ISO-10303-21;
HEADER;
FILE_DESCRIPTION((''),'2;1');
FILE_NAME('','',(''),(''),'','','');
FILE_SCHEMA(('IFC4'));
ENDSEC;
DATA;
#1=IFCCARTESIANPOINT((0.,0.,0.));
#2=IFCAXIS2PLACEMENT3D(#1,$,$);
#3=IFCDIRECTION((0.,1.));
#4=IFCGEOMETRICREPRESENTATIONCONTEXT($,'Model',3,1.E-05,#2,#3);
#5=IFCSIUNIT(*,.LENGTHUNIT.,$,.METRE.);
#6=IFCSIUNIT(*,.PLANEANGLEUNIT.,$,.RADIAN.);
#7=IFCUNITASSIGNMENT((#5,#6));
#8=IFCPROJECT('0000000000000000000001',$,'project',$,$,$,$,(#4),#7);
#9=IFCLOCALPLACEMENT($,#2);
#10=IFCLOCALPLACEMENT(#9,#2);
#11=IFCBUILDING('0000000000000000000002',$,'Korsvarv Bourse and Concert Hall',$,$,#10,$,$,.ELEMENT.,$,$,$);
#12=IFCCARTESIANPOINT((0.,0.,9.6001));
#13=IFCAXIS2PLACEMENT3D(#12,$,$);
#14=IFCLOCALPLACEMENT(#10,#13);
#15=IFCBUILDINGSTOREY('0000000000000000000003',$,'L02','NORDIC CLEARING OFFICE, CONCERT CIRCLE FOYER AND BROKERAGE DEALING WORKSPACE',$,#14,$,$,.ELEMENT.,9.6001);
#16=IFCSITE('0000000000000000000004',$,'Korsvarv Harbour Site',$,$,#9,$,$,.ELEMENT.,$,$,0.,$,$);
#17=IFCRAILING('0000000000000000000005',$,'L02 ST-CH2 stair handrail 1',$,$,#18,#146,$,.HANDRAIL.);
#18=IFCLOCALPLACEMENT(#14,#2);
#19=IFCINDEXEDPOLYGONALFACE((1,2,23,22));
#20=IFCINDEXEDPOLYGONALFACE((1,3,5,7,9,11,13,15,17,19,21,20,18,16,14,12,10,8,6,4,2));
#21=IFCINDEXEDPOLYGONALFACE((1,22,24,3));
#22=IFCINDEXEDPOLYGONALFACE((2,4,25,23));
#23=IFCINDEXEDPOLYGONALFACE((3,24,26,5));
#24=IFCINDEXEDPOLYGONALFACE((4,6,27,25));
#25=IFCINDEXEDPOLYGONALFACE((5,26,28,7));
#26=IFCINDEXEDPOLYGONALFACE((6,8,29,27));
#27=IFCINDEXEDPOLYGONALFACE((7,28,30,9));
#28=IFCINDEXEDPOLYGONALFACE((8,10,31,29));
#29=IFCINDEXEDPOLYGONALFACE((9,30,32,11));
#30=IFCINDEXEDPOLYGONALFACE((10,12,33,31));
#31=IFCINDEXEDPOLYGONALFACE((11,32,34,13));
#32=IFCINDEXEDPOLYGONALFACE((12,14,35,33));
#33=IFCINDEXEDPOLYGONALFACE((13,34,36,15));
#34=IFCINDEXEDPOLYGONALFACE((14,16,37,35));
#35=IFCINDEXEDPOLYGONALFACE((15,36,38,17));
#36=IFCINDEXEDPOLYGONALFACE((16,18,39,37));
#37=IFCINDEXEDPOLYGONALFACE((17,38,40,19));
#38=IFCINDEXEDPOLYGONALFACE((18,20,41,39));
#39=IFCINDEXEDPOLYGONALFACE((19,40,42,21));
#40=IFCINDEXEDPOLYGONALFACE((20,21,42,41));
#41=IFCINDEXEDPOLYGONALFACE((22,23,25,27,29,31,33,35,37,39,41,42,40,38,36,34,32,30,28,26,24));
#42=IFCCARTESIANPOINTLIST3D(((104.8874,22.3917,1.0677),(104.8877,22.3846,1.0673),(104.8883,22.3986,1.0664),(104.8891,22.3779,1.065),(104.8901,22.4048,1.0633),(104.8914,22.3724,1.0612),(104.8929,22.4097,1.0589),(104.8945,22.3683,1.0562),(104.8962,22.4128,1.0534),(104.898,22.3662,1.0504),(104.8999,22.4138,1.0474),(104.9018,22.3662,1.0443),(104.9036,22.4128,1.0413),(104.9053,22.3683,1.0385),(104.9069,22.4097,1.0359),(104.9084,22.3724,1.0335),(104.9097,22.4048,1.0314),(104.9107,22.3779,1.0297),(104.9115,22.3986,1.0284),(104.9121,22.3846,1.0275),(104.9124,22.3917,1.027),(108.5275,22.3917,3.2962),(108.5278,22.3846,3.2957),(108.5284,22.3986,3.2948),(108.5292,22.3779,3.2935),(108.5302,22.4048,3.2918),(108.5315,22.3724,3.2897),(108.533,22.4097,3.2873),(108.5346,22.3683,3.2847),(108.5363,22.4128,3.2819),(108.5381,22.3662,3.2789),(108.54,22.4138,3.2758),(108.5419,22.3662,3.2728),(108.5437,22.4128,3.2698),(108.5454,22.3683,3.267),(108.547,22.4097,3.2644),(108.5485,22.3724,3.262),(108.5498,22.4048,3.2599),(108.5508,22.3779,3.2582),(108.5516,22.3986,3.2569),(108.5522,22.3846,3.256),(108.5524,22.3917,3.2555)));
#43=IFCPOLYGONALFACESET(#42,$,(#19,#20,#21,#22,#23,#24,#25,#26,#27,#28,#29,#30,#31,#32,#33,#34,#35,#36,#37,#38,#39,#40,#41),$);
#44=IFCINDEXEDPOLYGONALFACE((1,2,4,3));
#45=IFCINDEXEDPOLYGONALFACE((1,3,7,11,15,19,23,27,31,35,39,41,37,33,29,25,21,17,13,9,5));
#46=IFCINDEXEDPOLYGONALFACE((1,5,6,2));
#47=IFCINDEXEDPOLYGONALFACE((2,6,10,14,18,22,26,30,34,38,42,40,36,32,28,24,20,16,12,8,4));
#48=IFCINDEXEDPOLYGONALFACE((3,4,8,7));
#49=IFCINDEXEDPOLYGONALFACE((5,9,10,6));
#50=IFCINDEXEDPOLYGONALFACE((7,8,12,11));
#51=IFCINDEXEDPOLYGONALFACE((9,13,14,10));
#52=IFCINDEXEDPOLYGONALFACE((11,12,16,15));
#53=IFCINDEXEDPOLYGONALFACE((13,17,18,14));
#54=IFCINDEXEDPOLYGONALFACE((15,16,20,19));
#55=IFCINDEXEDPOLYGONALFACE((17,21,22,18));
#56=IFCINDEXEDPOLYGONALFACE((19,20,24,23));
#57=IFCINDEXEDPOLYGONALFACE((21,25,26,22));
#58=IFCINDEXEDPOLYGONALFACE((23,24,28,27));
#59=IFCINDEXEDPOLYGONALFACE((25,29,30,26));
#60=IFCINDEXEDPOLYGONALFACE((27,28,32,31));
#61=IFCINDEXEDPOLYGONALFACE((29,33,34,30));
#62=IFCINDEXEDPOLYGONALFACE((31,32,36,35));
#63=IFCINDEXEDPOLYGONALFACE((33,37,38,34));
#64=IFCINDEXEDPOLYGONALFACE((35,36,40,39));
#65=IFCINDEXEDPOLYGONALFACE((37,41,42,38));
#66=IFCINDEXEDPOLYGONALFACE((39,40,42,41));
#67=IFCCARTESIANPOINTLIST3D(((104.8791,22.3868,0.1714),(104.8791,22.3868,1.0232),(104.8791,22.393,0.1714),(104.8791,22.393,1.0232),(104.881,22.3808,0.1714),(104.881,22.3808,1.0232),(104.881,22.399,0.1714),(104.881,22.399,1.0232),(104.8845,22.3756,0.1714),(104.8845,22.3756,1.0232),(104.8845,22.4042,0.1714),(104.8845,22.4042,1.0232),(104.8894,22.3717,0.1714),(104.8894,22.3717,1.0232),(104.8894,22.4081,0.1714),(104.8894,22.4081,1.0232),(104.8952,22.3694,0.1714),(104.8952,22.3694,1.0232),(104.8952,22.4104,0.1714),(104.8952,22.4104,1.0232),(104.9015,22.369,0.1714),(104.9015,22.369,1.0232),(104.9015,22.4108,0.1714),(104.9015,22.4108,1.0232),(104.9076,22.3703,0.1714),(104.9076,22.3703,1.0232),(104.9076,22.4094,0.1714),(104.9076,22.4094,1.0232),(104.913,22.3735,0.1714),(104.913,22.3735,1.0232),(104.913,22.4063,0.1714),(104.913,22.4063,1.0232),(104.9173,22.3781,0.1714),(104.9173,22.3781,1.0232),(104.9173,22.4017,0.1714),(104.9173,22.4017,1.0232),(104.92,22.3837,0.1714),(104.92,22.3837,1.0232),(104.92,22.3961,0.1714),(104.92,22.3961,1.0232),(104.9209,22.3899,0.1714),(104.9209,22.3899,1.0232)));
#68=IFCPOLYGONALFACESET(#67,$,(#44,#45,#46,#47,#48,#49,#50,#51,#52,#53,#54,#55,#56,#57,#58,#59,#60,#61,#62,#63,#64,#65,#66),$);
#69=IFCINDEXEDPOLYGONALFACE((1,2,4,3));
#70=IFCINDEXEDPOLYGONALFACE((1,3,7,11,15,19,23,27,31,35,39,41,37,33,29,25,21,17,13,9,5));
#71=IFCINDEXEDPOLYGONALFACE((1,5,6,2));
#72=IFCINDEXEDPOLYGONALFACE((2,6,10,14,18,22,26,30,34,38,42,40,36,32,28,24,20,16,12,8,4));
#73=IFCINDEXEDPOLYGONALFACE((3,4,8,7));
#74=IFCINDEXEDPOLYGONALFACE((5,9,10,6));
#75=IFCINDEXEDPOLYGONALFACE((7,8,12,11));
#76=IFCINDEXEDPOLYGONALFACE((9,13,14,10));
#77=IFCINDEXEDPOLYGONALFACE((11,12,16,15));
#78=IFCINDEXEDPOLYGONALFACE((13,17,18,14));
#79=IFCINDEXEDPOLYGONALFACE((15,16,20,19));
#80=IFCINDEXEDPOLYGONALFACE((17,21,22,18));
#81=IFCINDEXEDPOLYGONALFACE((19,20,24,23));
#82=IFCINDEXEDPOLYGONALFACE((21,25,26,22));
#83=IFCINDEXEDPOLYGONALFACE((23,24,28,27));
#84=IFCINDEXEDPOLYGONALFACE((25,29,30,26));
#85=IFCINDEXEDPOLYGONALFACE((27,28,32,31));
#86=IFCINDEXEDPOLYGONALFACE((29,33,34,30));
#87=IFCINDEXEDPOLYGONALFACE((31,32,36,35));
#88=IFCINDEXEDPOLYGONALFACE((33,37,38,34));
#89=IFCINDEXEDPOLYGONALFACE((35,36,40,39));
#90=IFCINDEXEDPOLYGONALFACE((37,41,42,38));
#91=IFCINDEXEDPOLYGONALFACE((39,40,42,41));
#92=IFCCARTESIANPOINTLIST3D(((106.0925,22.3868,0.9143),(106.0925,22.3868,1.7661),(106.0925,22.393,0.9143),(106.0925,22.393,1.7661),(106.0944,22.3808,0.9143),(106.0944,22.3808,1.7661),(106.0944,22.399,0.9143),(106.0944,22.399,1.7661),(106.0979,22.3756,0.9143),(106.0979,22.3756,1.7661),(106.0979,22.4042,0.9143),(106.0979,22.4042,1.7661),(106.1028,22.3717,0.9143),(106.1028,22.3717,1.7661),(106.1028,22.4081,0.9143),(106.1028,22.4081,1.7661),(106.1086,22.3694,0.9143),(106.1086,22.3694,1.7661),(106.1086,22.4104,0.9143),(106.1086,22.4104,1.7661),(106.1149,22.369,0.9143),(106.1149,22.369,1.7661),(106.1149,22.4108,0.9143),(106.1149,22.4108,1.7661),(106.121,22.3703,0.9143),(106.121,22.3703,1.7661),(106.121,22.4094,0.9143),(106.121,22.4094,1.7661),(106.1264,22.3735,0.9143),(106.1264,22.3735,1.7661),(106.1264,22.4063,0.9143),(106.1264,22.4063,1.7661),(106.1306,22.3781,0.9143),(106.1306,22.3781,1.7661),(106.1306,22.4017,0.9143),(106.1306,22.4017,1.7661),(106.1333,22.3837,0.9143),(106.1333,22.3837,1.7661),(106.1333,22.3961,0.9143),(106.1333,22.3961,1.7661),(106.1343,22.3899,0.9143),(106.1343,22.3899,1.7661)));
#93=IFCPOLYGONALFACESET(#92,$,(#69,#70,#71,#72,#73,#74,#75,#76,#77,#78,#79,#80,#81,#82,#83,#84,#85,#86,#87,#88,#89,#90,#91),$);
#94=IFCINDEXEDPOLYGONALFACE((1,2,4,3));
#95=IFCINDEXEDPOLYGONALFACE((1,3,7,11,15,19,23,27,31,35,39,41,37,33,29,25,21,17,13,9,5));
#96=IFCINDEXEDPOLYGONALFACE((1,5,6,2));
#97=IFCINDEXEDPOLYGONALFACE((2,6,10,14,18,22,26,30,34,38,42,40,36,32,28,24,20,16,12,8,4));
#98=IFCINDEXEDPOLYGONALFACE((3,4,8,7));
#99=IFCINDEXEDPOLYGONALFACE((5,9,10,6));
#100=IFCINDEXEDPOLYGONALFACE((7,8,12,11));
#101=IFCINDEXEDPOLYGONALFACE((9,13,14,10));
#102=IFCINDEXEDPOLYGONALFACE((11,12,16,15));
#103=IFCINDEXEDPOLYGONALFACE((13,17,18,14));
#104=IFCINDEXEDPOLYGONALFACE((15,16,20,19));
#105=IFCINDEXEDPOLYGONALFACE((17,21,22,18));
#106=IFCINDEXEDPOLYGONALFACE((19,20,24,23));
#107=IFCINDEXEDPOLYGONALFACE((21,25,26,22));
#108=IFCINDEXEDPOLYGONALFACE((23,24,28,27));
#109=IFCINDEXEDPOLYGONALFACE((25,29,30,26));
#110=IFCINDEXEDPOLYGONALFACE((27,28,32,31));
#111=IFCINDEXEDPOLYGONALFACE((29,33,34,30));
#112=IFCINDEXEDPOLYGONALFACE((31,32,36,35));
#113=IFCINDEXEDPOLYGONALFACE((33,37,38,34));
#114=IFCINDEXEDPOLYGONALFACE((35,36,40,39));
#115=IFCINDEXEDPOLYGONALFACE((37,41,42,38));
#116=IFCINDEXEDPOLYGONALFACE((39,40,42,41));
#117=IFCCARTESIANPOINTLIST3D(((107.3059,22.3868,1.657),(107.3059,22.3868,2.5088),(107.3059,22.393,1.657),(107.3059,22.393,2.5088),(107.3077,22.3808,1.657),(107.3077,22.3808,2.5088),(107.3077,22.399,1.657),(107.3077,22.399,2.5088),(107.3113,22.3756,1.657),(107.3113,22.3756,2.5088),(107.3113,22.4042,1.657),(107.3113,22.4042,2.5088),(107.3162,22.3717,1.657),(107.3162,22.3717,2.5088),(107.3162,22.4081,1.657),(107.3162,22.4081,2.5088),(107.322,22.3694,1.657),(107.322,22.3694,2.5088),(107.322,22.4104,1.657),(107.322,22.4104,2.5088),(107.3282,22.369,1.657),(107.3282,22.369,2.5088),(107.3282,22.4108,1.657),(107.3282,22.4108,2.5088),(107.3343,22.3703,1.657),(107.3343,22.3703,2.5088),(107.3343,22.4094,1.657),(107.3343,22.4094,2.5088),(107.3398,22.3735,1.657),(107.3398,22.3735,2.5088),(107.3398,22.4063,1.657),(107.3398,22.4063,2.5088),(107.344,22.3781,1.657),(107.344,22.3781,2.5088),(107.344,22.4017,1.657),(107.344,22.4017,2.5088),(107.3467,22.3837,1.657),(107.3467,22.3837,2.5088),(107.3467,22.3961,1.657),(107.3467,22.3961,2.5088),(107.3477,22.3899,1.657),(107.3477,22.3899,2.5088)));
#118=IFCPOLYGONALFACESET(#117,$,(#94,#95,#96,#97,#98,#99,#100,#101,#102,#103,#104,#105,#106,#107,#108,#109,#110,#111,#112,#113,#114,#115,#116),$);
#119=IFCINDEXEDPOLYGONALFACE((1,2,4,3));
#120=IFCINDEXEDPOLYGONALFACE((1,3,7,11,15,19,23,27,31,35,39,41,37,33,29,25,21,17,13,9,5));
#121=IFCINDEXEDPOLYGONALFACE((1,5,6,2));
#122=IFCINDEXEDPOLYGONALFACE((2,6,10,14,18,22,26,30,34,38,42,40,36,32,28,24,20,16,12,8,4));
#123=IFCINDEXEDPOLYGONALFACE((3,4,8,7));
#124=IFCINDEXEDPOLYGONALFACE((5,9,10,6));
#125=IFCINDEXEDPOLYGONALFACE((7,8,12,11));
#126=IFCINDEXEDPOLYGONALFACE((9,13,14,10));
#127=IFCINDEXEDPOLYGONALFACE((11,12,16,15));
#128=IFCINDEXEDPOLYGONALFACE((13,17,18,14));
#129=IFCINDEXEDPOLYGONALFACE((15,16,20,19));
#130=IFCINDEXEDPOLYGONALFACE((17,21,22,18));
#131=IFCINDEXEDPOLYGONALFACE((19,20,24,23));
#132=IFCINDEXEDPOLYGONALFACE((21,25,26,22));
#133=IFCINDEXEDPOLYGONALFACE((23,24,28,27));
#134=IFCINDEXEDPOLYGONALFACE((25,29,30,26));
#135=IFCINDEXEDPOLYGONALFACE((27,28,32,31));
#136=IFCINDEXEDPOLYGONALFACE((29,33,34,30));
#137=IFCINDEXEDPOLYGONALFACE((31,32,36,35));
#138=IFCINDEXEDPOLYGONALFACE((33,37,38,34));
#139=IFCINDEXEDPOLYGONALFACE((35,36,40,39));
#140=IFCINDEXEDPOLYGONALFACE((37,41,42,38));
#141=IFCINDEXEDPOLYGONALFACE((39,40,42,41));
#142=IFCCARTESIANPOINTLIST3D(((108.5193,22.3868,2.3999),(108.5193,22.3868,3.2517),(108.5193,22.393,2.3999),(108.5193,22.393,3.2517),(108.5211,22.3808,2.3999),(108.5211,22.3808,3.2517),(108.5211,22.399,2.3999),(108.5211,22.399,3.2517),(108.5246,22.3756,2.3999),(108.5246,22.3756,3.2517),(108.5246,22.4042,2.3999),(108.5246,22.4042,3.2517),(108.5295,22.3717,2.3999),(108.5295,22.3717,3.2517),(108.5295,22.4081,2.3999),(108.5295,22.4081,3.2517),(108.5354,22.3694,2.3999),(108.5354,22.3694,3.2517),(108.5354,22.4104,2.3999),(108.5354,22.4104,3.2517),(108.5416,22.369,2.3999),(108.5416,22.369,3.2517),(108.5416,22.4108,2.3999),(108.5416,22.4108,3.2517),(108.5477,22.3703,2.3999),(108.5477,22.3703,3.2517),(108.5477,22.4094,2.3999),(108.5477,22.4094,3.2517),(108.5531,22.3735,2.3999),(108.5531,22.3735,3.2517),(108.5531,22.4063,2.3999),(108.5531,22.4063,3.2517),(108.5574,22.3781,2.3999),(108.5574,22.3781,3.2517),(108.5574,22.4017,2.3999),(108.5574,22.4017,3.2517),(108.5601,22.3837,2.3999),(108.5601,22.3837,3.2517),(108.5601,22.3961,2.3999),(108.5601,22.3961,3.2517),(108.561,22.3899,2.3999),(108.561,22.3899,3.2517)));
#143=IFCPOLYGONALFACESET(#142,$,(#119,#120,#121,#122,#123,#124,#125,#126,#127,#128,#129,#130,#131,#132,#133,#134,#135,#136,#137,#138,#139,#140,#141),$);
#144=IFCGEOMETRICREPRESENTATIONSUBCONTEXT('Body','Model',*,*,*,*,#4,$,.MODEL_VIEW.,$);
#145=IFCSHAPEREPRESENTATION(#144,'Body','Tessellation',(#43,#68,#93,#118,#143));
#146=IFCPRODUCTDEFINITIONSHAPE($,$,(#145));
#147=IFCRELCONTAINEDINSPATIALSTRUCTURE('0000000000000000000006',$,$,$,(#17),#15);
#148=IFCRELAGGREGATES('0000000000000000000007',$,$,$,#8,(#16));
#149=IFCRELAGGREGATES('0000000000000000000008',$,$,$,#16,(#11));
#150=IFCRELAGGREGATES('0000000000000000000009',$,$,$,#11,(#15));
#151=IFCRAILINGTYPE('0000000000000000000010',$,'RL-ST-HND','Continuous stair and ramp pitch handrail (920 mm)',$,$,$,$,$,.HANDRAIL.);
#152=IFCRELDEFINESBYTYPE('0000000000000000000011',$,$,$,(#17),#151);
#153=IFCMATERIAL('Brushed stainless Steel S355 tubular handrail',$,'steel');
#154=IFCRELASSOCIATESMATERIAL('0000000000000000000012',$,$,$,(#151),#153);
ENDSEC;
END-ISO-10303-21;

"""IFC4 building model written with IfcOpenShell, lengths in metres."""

from ifc_helpers import new_model, si_unit, direction, frame, origin, origin_2d, place, context, subcontext, project, spatial, circle, extrude, material, type_object, element, save


model = new_model("IFC4")

# Units and contexts
model_context = context("Model", 3, precision=1e-05, world=origin(), true_north=direction((0.0, 1.0)))
body_context = subcontext(model_context, "Body", "Model", "MODEL_VIEW")
ifc_project = project(units=[si_unit("LENGTHUNIT", "METRE"), si_unit("PLANEANGLEUNIT", "RADIAN")], contexts=[model_context])

# Site, building, storey
site_placement = place(None, origin())
site = spatial("IfcSite", under=ifc_project, at=site_placement, Name="Korsvarv Harbour Site", CompositionType="ELEMENT", RefElevation=0.0)
building_placement = place(site_placement, origin())
building = spatial("IfcBuilding", under=site, at=building_placement, Name="Korsvarv Bourse and Concert Hall", CompositionType="ELEMENT")
storey_placement = place(building_placement, frame((0.0, 0.0, 9.6001)))
storey = spatial("IfcBuildingStorey", under=building, at=storey_placement, Name="L02", Description="NORDIC CLEARING OFFICE, CONCERT CIRCLE FOYER AND BROKERAGE DEALING WORKSPACE", CompositionType="ELEMENT", Elevation=9.6001)

# Railing
ifc_material_1 = material(Name="Brushed stainless Steel S355 tubular handrail", Category="steel")
railing_type_1 = type_object("IfcRailingType", Name="RL-ST-HND", Description="Continuous stair and ramp pitch handrail (920 mm)", PredefinedType="HANDRAIL", material=ifc_material_1)
railing_1_placement = place(storey_placement, frame((104.8999, 22.3899, 0.1714)))
element("IfcRailing", 1, at=railing_1_placement, inside=storey, type_object=railing_type_1, Name="L02 ST-CH2 stair handrail 1", PredefinedType="HANDRAIL", context=body_context, shape_type="SweptSolid", body=[
    extrude(circle(Radius=0.0239, at=origin_2d()), frame((0.0, 0.0, 0.876), z_axis=(0.852866, 0.0, 0.52213), x_axis=(0.0, 1.0, 0.0)), (0.0, 0.0, 1.0), 4.2681),
    extrude(circle(Radius=0.021, at=origin_2d()), origin(), (0.0, 0.0, 1.0), 0.8518),
    extrude(circle(Radius=0.021, at=origin_2d()), frame((1.2134, 0.0, 0.7429)), (0.0, 0.0, 1.0), 0.8518),
    extrude(circle(Radius=0.021, at=origin_2d()), frame((2.4268, 0.0, 1.4856)), (0.0, 0.0, 1.0), 0.8518),
    extrude(circle(Radius=0.021, at=origin_2d()), frame((3.6401, 0.0, 2.2285)), (0.0, 0.0, 1.0), 0.8518),
])

save(model, "model.ifc")
